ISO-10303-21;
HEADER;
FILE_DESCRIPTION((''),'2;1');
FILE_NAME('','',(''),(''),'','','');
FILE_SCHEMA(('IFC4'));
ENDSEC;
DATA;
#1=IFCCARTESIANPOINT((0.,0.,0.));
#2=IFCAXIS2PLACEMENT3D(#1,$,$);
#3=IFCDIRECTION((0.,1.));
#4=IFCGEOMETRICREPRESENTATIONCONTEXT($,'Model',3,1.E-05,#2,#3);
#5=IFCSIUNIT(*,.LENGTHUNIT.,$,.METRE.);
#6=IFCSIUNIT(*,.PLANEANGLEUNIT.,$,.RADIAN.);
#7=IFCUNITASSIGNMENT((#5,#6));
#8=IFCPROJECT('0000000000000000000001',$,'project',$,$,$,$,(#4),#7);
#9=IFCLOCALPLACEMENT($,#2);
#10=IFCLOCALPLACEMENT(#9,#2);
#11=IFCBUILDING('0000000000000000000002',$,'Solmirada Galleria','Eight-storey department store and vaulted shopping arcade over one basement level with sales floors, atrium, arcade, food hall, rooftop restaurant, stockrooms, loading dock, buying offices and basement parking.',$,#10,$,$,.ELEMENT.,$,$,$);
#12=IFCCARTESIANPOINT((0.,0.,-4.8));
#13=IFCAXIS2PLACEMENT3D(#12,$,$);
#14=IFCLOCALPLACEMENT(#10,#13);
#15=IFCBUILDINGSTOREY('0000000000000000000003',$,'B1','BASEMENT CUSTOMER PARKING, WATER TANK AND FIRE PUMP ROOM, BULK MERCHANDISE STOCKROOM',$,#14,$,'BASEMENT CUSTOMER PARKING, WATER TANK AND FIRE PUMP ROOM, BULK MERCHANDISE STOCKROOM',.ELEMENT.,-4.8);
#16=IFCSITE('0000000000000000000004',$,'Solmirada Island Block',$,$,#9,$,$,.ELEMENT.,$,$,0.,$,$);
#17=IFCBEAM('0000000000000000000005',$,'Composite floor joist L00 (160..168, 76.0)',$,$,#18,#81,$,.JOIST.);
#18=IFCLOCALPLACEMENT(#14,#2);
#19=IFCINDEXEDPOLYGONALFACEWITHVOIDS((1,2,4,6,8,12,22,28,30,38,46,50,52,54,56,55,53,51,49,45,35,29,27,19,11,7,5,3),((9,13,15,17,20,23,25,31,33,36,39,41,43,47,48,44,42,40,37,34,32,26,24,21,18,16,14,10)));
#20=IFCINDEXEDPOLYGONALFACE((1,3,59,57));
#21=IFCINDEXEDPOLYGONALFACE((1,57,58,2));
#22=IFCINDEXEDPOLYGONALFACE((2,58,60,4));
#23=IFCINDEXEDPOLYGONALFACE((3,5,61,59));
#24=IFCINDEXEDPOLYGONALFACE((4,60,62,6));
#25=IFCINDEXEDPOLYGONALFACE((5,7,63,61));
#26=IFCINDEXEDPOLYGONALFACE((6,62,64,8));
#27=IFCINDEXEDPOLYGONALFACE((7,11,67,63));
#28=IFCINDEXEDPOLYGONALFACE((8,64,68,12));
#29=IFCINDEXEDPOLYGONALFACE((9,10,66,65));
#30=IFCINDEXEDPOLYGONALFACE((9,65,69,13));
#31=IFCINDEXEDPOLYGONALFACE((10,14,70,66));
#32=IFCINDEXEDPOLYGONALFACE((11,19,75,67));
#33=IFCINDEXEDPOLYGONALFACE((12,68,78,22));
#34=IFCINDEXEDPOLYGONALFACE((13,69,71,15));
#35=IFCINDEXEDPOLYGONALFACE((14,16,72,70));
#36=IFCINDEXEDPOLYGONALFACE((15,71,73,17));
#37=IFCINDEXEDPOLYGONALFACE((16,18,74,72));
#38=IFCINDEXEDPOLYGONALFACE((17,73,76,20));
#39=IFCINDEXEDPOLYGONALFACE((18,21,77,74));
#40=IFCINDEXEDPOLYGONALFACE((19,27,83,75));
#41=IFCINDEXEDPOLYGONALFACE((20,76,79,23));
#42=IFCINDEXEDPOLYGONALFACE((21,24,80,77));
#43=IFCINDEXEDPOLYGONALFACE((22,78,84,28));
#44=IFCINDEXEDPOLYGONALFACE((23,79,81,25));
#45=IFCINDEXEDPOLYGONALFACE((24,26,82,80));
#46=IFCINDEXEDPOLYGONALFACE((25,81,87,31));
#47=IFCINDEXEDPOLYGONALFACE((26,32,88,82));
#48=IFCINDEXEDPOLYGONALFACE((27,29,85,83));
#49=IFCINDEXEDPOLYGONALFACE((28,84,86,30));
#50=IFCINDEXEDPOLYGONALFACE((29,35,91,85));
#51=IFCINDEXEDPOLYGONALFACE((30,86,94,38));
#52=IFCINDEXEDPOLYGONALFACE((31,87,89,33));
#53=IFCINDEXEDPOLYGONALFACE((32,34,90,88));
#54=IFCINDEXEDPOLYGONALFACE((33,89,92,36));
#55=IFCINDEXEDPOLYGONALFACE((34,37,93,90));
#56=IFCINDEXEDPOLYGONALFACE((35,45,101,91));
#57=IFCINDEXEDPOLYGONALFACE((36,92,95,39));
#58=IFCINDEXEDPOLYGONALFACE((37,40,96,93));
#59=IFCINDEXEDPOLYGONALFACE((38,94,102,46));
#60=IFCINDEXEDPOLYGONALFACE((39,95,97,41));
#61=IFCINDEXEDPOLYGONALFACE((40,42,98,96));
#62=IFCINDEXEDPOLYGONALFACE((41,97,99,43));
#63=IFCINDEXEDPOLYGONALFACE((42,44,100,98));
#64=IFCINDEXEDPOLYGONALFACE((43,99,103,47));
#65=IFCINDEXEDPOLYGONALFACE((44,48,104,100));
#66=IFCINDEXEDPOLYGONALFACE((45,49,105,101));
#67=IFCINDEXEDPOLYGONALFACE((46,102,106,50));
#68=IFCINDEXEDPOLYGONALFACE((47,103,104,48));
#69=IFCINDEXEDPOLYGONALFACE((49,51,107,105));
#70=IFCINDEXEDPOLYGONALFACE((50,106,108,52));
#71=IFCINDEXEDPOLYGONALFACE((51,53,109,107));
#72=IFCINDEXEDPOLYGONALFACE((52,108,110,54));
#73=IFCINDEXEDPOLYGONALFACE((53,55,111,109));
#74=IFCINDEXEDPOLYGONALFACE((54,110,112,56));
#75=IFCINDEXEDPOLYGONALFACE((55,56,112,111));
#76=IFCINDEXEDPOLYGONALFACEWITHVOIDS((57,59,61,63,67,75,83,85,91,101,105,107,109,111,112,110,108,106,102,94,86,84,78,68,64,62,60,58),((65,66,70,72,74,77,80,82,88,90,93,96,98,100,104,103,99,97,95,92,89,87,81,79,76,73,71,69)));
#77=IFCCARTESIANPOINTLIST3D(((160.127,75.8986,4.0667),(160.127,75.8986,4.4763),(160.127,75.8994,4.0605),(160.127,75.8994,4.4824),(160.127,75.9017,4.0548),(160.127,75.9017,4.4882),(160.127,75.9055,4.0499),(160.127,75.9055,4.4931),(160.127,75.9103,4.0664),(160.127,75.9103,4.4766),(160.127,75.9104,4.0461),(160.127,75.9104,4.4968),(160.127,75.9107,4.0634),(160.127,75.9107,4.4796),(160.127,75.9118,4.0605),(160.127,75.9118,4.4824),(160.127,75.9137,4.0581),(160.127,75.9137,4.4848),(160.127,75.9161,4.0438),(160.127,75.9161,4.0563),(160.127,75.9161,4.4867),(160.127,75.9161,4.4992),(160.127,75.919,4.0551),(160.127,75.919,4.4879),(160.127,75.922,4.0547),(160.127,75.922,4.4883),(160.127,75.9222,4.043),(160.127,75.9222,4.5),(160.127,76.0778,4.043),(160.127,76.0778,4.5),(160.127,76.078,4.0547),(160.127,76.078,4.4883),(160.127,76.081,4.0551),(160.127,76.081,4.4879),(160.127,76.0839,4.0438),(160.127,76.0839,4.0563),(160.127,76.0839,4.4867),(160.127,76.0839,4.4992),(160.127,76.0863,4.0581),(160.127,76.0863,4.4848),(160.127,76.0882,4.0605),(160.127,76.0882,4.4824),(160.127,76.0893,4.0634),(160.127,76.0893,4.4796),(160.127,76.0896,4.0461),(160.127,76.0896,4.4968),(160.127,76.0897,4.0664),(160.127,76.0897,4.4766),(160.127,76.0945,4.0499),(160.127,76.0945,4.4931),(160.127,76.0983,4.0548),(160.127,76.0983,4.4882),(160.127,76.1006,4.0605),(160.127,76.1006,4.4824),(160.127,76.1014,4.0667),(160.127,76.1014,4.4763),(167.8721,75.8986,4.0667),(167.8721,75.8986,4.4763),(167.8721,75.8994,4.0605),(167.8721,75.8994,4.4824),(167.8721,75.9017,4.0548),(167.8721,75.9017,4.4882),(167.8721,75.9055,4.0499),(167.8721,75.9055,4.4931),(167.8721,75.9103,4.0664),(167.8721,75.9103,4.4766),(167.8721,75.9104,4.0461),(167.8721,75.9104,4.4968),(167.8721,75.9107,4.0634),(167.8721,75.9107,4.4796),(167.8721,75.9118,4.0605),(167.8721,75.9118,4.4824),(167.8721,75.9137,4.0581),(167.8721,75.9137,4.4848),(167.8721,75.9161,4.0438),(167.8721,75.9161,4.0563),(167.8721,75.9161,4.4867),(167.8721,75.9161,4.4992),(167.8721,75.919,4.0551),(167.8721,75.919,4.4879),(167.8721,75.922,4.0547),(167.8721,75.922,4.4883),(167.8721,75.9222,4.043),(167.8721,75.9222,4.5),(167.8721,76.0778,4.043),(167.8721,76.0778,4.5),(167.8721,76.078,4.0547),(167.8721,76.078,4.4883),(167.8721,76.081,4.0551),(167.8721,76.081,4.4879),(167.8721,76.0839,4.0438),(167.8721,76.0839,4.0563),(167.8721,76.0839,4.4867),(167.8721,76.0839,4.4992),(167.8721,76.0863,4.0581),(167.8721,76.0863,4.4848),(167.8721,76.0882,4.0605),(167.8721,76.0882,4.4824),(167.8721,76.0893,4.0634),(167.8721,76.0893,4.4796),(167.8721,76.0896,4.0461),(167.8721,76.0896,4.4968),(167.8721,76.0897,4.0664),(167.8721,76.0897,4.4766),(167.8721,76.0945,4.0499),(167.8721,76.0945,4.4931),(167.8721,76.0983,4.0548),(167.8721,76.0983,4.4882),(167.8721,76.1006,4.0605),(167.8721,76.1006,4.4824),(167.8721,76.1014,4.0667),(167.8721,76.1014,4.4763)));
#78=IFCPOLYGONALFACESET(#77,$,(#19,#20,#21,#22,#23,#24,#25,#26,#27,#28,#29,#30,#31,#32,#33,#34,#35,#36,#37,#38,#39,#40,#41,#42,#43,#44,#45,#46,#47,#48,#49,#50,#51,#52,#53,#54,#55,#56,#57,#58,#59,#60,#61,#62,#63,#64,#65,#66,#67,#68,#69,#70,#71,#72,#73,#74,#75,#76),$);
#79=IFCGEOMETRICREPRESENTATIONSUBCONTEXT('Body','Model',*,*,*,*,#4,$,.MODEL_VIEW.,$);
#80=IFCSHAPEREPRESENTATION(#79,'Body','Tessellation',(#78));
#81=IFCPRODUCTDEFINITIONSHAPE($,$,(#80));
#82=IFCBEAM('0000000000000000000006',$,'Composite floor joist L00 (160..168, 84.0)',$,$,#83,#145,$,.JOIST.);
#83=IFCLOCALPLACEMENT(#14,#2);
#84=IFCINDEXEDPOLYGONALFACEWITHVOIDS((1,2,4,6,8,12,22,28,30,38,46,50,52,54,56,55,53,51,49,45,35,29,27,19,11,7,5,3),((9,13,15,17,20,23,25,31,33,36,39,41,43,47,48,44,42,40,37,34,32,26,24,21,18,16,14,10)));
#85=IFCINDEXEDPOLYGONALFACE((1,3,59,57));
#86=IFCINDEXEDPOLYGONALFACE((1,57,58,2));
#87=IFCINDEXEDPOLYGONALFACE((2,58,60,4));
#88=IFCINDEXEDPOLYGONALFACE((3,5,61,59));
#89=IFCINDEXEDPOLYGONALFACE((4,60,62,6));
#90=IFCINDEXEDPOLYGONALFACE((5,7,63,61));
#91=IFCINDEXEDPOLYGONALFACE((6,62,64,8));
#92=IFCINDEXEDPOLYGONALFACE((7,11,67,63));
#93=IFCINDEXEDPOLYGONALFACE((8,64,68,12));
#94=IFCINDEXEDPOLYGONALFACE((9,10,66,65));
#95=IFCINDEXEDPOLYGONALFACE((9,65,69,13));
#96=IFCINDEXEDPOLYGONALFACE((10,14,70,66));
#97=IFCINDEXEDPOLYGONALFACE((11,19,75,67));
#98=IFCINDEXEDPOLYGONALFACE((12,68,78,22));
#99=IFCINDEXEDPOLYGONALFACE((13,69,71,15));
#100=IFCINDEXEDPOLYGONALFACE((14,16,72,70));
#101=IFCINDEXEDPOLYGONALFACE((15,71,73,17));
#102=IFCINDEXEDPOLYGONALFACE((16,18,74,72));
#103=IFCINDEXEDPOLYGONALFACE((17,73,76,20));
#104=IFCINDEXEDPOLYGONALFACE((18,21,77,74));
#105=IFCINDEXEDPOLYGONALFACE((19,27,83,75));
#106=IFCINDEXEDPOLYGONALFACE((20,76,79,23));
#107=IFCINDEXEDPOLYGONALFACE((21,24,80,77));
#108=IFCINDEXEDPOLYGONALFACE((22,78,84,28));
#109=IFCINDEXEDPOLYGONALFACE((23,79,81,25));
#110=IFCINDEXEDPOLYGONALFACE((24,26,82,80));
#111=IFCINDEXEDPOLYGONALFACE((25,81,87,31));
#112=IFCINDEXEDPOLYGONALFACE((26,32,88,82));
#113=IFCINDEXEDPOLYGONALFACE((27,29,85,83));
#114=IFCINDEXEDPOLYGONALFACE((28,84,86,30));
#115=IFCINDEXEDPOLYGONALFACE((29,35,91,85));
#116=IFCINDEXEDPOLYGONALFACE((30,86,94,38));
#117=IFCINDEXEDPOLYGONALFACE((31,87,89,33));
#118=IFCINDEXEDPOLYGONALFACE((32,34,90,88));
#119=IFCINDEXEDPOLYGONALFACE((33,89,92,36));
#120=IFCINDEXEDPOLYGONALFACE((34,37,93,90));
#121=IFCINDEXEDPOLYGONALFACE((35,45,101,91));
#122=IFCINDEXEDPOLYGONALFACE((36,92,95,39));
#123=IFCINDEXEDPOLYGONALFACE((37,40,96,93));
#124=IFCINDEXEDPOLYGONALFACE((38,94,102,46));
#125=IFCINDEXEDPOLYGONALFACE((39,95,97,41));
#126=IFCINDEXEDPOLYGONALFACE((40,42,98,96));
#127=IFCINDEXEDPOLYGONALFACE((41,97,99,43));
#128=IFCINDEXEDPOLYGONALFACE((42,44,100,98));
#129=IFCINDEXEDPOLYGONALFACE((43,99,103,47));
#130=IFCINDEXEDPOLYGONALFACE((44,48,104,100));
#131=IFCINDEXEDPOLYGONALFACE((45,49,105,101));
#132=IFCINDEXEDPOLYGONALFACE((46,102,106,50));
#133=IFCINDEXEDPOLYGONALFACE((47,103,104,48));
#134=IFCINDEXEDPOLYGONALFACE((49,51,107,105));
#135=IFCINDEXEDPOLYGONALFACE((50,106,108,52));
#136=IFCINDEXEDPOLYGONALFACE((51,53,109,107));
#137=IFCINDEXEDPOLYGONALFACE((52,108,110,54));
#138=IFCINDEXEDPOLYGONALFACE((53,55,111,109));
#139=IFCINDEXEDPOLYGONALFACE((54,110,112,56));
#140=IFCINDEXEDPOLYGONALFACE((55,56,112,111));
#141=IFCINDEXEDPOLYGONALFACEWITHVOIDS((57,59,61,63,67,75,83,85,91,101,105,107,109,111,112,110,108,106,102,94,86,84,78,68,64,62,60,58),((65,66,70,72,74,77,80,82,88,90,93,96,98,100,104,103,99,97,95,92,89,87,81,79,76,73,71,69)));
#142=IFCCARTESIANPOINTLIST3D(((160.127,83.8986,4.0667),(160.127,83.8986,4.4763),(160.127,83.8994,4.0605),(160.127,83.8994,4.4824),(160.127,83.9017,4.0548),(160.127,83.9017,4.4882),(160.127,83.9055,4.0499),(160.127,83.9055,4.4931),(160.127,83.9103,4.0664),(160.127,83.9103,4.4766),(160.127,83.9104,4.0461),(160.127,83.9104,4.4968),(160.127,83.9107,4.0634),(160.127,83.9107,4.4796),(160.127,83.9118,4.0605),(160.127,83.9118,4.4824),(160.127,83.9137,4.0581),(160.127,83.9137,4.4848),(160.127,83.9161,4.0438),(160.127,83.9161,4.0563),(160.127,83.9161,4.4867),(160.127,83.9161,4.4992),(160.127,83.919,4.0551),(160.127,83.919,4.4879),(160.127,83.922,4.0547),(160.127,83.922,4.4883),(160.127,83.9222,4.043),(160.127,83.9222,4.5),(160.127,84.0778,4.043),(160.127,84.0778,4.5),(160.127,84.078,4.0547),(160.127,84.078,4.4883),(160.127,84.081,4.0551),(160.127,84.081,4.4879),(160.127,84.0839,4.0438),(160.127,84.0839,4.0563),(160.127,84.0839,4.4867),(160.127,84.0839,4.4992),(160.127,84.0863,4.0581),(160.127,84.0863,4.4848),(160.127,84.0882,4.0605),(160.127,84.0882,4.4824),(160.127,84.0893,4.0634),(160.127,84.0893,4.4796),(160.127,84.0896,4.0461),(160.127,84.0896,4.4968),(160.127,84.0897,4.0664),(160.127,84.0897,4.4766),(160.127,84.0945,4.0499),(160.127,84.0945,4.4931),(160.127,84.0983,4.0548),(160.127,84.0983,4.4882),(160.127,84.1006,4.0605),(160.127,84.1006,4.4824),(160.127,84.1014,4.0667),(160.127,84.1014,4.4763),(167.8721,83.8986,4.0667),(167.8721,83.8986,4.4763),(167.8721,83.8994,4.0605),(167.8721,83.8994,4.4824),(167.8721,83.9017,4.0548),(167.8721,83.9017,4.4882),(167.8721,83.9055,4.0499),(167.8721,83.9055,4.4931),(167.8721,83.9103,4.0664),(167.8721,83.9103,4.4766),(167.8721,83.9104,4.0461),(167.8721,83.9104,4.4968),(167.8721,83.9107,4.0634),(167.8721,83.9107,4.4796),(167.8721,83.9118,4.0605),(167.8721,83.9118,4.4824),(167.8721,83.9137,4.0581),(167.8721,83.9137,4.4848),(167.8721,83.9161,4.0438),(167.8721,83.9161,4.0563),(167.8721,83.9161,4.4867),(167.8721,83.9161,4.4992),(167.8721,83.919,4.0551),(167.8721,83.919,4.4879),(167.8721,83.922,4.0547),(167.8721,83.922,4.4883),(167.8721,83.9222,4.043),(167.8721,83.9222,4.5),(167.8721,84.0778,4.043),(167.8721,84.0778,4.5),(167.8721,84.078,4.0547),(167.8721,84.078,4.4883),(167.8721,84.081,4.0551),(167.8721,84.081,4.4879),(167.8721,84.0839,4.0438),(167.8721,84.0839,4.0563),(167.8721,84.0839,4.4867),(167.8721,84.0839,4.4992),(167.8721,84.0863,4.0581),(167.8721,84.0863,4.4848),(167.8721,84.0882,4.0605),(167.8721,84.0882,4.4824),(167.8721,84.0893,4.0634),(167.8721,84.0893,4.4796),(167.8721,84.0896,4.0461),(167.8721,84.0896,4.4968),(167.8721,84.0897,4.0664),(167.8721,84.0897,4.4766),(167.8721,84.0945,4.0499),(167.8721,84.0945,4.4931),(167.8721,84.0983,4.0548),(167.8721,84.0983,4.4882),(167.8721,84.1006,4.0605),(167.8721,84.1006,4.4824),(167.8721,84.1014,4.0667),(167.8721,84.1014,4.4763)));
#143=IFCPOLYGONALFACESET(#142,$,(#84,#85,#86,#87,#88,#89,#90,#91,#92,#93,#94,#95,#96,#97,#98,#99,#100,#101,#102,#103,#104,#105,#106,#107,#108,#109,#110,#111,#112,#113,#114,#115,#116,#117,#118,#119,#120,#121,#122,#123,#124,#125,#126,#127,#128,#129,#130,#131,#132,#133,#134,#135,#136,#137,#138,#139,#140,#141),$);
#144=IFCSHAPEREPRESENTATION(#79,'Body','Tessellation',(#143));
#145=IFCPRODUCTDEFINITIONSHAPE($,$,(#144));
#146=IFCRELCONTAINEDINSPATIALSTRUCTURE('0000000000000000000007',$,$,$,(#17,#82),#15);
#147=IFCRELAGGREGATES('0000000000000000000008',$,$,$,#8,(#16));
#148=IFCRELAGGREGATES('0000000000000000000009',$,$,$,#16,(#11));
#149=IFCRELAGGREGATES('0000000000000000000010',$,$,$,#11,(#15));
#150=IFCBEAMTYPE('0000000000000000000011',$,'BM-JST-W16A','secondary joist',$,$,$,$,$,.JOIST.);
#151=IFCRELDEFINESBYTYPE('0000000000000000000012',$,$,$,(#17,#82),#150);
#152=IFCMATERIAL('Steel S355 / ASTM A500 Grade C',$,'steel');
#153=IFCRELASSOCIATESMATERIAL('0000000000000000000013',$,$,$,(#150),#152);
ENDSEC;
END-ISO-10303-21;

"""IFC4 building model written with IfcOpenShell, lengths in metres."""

from ifc_helpers import new_model, si_unit, direction, frame, origin, origin_2d, place, context, subcontext, project, spatial, hollow_rectangle, extrude, material, material_profile, profile_set, type_object, element, save


model = new_model("IFC4")

# Units and contexts
model_context = context("Model", 3, precision=1e-05, world=origin(), true_north=direction((0.0, 1.0)))
body_context = subcontext(model_context, "Body", "Model", "MODEL_VIEW")
ifc_project = project(units=[si_unit("LENGTHUNIT", "METRE"), si_unit("PLANEANGLEUNIT", "RADIAN")], contexts=[model_context])

# Site, building, storey
site_placement = place(None, origin())
site = spatial("IfcSite", under=ifc_project, at=site_placement, Name="Solmirada Island Block", CompositionType="ELEMENT", RefElevation=0.0)
building_placement = place(site_placement, origin())
building = spatial("IfcBuilding", under=site, at=building_placement, Name="Solmirada Galleria", Description="Eight-storey department store and vaulted shopping arcade over one basement level with sales floors, atrium, arcade, food hall, rooftop restaurant, stockrooms, loading dock, buying offices and basement parking.", CompositionType="ELEMENT")
storey_placement = place(building_placement, frame((0.0, 0.0, -4.8)))
storey = spatial("IfcBuildingStorey", under=building, at=storey_placement, Name="B1", Description="BASEMENT CUSTOMER PARKING, WATER TANK AND FIRE PUMP ROOM, BULK MERCHANDISE STOCKROOM", LongName="BASEMENT CUSTOMER PARKING, WATER TANK AND FIRE PUMP ROOM, BULK MERCHANDISE STOCKROOM", CompositionType="ELEMENT", Elevation=-4.8)

# Shared definitions
ifc_material_1 = material(Name="Steel S355 / ASTM A500 Grade C", Category="steel")

# Beams
ifc_material_profile_1 = material_profile(ifc_material_1, hollow_rectangle(XDim=0.2029, YDim=0.457, WallThickness=0.0117, InnerFilletRadius=0.0117, OuterFilletRadius=0.0237, at=origin_2d()), Name="HSS18X8X1/2")
ifc_profile_set_1 = profile_set([ifc_material_profile_1], Name="Steel S355 / ASTM A500 Grade C")
beam_type_1 = type_object("IfcBeamType", Name="BM-JST-W16A", Description="secondary joist", PredefinedType="JOIST", material=ifc_profile_set_1)
for number, where, z_axis, x_axis, name in (
    (1, (160.127, 76.0, 4.2715), (1.0, 0.0, 0.0), (0.0, 1.0, 0.0), "Composite floor joist L00 (160..168, 76.0)"),
    (2, (160.127, 84.0, 4.2715), (1.0, 0.0, 0.0), (0.0, 1.0, 0.0), "Composite floor joist L00 (160..168, 84.0)"),
):
    element("IfcBeam", number, at=place(storey_placement, frame(where, z_axis=z_axis, x_axis=x_axis)), inside=storey, type_object=beam_type_1, Name=name, PredefinedType="JOIST", context=body_context, shape_type="SweptSolid", body=[
        extrude(hollow_rectangle(XDim=0.2029, YDim=0.457, WallThickness=0.0117, InnerFilletRadius=0.0117, OuterFilletRadius=0.0237, at=origin_2d()), origin(), (0.0, 0.0, 1.0), 7.7451),
    ])

save(model, "model.ifc")
